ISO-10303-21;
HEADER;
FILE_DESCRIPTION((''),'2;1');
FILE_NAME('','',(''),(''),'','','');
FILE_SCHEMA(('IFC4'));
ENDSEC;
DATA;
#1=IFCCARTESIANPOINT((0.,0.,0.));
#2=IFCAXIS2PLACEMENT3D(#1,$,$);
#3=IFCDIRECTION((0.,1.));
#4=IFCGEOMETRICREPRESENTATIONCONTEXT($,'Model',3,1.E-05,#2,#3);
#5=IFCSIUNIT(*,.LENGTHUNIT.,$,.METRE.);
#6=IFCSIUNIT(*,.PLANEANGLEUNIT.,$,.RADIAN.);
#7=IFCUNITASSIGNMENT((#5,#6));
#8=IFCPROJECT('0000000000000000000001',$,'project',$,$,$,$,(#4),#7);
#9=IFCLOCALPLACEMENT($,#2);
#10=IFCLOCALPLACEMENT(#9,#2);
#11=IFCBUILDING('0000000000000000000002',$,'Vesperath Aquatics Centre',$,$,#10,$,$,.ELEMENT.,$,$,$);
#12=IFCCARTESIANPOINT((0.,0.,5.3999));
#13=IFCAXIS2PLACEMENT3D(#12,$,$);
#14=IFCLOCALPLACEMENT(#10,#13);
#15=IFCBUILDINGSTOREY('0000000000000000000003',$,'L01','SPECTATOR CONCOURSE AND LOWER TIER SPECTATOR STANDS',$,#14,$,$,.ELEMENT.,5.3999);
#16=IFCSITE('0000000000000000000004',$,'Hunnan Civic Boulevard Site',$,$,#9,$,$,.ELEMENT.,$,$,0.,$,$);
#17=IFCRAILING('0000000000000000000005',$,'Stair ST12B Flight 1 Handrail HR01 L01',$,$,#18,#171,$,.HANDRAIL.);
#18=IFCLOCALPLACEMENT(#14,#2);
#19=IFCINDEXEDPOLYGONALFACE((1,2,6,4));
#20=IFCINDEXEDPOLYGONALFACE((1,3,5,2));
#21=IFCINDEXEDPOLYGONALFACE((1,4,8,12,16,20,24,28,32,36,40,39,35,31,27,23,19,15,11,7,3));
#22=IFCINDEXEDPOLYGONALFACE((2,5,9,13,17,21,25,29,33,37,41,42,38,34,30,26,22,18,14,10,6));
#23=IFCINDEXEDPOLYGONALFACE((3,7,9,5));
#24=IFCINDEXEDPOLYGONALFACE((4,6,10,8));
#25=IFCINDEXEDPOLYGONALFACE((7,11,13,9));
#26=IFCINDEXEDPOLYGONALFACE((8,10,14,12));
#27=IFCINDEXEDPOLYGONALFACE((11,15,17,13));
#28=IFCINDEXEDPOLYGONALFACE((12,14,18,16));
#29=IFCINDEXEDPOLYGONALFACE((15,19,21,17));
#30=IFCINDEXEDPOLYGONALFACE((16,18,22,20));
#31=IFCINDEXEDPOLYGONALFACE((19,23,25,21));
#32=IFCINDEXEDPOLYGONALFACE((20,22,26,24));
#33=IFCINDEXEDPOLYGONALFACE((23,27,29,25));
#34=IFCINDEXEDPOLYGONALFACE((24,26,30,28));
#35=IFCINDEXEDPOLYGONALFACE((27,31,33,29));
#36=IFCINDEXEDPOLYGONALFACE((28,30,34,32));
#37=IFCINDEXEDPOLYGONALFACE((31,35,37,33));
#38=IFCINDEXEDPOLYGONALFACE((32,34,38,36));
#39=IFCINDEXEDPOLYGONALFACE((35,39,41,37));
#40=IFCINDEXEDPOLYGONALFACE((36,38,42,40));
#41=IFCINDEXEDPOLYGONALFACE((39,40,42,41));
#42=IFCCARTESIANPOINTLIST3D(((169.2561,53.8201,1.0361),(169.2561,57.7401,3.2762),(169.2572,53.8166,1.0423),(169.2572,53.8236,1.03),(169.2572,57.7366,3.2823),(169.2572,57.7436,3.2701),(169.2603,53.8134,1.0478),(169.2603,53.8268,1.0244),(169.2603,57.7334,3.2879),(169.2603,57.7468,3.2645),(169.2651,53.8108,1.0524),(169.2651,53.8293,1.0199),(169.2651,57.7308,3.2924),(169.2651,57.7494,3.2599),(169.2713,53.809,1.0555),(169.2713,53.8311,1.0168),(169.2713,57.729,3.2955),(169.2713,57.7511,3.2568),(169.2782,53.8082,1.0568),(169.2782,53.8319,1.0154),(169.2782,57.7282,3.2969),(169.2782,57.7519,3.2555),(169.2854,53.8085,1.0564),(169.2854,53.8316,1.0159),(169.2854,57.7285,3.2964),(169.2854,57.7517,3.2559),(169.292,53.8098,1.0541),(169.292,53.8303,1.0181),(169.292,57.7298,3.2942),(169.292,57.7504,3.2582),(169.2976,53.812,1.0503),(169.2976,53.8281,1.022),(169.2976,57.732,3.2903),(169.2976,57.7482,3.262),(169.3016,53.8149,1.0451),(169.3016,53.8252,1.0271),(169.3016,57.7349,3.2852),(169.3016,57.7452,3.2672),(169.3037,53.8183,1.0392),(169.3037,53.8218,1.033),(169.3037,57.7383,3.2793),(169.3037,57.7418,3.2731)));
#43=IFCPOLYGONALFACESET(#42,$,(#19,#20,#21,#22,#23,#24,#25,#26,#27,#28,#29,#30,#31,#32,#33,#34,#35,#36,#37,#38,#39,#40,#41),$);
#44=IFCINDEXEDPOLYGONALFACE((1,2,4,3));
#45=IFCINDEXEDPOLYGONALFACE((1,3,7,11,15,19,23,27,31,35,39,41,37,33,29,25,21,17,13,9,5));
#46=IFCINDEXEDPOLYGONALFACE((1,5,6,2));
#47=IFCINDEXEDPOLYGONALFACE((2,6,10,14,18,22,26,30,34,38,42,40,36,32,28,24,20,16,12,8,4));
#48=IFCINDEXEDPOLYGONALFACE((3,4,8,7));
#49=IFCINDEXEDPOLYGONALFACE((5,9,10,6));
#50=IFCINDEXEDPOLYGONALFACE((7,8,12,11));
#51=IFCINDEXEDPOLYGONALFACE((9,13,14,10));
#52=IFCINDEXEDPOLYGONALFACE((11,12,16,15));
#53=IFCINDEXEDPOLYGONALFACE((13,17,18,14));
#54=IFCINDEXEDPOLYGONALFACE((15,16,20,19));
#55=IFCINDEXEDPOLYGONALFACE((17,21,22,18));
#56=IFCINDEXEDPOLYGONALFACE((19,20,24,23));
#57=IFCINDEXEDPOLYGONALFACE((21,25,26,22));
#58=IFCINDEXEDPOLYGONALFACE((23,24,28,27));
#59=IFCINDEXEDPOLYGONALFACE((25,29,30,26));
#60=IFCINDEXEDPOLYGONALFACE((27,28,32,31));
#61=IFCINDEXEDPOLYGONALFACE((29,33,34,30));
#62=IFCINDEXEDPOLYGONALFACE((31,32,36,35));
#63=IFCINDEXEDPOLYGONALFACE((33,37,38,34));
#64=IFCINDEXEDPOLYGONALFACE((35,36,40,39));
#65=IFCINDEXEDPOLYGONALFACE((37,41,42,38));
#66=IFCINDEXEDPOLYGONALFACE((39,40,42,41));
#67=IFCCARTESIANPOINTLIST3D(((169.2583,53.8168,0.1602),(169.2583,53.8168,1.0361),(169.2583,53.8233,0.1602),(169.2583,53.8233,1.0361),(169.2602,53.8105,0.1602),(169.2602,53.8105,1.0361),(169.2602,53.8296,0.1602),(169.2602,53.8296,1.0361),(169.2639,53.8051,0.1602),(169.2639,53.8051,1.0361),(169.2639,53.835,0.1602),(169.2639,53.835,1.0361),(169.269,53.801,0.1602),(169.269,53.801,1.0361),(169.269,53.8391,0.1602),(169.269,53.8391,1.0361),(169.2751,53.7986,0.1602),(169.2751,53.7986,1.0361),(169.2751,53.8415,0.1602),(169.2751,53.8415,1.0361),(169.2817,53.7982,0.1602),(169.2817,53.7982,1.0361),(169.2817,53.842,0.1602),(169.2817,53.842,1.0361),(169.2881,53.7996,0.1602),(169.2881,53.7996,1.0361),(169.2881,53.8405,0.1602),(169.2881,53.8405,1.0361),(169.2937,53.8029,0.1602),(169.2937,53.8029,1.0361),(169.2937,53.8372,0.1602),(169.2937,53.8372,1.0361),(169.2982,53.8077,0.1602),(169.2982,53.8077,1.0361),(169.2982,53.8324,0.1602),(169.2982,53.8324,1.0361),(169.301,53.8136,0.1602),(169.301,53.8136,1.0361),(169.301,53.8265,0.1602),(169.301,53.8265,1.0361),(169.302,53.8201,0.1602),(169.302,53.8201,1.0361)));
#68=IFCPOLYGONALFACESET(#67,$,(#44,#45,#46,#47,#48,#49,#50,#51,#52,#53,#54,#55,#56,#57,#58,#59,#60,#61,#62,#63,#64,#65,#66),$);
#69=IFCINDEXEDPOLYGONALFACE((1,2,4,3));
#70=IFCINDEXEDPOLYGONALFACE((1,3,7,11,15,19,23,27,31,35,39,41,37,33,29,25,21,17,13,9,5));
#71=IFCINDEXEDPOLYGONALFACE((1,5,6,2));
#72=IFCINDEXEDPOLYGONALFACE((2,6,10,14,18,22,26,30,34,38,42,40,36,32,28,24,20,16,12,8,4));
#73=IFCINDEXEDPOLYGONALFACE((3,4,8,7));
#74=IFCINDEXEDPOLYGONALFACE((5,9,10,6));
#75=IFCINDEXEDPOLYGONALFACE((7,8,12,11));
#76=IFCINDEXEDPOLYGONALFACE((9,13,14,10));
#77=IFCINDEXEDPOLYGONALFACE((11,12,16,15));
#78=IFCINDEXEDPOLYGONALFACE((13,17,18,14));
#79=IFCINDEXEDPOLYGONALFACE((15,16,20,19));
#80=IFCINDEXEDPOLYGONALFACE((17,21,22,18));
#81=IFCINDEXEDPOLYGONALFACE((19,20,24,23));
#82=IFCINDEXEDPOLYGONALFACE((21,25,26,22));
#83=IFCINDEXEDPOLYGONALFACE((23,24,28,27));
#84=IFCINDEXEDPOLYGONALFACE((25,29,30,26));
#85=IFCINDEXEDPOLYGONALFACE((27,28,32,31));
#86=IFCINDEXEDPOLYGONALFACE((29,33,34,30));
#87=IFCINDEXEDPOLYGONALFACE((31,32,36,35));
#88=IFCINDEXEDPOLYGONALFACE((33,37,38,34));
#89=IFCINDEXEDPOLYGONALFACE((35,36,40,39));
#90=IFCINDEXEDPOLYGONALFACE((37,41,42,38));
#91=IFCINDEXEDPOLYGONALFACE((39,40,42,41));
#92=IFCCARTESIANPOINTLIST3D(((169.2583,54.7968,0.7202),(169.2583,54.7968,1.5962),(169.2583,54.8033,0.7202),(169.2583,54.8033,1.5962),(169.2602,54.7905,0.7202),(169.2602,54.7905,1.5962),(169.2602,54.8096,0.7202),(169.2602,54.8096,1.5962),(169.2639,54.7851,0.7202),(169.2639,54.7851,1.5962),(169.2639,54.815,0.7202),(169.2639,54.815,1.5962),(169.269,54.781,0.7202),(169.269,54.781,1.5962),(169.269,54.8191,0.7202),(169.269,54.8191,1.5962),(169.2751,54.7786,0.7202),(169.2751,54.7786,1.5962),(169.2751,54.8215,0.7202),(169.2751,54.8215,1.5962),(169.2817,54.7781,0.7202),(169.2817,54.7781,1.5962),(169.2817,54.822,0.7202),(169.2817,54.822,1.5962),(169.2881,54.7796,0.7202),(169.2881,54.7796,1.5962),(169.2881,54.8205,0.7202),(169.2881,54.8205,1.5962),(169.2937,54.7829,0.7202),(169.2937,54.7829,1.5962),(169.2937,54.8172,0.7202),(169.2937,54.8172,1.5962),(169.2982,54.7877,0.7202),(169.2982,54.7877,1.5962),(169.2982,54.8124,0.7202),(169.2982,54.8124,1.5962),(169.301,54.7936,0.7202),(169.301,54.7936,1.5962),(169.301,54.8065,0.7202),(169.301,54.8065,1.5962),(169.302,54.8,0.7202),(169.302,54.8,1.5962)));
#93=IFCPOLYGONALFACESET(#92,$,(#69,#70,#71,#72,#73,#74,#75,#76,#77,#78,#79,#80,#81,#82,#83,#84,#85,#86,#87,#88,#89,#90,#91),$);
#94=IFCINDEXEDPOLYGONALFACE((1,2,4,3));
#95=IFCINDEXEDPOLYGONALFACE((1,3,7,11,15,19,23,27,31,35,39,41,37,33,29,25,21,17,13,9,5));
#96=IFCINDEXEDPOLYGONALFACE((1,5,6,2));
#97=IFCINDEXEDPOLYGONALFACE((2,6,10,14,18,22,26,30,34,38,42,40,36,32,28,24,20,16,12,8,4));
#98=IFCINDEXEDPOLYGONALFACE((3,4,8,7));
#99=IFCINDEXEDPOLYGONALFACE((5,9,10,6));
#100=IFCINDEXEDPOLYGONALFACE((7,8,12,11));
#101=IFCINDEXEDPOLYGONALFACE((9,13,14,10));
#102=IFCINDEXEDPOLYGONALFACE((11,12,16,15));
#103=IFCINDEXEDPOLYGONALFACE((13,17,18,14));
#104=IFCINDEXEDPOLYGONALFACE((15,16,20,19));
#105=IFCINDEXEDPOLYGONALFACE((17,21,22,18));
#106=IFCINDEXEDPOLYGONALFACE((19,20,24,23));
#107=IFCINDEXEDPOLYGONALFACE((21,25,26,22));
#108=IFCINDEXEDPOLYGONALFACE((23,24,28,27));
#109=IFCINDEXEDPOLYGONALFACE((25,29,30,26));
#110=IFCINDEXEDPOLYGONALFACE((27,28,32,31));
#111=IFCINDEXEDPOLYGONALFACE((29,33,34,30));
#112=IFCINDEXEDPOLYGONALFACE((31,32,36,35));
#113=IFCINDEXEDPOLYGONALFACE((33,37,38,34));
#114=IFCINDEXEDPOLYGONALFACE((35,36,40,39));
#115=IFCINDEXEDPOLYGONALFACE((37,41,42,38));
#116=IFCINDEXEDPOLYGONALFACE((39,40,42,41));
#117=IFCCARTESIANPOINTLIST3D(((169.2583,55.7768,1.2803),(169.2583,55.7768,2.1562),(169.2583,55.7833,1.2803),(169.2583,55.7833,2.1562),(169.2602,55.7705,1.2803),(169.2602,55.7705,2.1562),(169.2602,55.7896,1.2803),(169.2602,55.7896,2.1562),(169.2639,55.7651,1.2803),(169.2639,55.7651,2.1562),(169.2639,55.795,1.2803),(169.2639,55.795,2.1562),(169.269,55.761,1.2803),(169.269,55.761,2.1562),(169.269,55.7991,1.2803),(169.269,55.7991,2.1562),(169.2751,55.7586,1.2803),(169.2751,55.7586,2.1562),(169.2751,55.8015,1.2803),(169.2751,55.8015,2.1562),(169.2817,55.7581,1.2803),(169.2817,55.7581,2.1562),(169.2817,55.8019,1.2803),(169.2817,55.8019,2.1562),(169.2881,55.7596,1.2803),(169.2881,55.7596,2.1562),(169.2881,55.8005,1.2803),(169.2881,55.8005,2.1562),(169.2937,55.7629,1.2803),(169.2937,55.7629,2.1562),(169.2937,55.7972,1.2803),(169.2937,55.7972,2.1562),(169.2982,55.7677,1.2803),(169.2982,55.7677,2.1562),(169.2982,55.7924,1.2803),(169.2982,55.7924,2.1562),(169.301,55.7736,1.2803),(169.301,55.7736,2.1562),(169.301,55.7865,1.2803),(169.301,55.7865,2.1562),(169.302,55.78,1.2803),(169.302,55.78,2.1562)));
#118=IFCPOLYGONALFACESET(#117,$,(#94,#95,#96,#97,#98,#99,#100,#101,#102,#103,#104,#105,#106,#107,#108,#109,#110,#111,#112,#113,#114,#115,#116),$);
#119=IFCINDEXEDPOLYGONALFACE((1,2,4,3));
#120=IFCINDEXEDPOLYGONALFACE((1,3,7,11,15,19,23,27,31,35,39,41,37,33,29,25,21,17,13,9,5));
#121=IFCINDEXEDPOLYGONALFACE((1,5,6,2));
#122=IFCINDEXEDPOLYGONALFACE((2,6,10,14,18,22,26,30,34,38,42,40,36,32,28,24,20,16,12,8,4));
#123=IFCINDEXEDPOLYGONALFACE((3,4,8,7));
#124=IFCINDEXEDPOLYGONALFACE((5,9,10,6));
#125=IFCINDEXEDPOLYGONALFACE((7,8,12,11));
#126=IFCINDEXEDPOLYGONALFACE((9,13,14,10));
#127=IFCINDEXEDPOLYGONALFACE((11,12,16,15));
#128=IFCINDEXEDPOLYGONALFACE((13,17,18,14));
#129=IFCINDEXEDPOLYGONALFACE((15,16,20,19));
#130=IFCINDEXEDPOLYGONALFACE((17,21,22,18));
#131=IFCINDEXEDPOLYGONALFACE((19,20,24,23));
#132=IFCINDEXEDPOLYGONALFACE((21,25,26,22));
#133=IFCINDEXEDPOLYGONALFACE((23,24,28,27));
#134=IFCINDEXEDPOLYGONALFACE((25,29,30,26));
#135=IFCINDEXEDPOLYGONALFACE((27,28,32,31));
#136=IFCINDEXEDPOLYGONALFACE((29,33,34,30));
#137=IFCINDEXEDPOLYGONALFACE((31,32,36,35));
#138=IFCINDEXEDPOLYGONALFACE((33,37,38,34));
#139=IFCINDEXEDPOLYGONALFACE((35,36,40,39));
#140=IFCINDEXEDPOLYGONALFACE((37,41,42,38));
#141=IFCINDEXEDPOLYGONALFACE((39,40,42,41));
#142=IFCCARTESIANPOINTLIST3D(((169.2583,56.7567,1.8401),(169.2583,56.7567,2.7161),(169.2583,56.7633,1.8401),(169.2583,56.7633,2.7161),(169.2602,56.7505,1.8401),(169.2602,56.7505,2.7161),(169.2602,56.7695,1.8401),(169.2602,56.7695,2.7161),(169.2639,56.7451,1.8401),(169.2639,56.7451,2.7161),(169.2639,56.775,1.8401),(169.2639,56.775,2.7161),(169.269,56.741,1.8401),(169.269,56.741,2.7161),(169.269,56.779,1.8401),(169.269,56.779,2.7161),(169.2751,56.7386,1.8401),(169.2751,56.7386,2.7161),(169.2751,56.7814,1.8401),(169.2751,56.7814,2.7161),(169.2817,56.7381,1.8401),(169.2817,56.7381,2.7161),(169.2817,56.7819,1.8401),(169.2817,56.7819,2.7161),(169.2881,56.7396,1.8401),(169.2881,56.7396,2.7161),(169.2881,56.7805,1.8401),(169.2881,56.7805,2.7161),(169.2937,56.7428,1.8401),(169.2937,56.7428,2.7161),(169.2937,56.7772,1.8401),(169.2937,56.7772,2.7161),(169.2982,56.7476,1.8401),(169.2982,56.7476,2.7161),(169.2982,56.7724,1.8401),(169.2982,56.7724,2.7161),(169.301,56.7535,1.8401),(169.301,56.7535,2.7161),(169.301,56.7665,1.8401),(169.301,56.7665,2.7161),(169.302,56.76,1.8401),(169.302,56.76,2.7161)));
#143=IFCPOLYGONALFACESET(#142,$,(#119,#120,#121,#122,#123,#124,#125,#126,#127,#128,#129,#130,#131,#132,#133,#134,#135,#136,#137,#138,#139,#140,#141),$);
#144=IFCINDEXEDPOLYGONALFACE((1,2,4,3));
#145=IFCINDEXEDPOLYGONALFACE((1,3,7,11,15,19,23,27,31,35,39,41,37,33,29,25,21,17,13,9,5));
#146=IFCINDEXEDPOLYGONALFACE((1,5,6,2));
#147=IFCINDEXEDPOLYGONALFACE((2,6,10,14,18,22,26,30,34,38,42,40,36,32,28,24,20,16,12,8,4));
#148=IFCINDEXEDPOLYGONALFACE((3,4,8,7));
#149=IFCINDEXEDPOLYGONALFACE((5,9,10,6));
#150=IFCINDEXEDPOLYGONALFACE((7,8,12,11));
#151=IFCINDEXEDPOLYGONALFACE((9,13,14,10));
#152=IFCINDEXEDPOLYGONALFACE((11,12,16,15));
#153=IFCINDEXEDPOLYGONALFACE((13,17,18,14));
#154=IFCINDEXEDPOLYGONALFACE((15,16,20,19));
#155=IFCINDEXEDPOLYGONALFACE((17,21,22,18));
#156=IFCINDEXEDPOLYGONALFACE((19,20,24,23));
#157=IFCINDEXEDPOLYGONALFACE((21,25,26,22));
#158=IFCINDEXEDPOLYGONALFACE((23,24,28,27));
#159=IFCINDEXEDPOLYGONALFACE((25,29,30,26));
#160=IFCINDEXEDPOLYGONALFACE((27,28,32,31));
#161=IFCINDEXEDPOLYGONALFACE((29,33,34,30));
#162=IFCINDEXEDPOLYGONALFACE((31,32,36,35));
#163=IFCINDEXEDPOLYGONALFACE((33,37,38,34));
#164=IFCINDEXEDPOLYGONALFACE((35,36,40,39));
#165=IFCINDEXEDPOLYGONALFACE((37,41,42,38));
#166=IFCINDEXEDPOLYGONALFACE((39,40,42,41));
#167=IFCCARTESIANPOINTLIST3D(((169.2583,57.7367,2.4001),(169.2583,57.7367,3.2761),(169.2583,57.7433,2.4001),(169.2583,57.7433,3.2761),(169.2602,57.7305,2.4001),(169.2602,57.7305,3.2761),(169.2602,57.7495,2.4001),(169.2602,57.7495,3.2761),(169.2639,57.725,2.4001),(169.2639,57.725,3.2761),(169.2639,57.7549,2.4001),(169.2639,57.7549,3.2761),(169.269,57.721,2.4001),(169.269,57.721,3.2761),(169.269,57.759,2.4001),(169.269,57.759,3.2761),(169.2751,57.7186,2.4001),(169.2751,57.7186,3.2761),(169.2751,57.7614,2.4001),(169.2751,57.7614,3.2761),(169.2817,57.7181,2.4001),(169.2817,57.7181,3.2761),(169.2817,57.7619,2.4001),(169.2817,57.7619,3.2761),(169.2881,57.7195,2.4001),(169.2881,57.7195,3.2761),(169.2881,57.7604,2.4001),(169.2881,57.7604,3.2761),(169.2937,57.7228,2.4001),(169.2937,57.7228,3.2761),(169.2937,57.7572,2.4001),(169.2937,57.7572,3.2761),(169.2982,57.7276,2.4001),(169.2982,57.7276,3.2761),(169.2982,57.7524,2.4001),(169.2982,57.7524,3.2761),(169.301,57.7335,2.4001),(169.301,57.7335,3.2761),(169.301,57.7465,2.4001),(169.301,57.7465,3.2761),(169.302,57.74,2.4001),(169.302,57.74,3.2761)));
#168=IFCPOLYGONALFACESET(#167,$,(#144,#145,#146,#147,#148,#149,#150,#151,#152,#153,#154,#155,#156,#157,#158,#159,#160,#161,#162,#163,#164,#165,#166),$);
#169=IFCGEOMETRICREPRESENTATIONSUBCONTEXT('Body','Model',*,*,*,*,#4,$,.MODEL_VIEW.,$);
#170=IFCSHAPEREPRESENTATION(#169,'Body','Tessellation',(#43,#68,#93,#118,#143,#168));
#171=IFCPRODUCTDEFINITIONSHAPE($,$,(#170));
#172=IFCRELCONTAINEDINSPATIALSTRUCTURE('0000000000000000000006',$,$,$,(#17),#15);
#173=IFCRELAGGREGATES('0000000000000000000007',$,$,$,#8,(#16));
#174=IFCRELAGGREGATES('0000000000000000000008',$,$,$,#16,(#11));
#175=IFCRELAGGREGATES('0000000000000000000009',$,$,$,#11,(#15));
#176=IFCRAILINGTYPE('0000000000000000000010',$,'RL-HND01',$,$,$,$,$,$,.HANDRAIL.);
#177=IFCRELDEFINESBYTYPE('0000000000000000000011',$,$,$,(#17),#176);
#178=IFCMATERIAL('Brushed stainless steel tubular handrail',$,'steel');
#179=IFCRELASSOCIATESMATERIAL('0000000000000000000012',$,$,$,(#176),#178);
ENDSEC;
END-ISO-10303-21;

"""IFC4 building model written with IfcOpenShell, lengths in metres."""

from ifc_helpers import new_model, si_unit, direction, frame, origin, origin_2d, place, context, subcontext, project, spatial, circle, extrude, material, type_object, element, save


model = new_model("IFC4")

# Units and contexts
model_context = context("Model", 3, precision=1e-05, world=origin(), true_north=direction((0.0, 1.0)))
body_context = subcontext(model_context, "Body", "Model", "MODEL_VIEW")
ifc_project = project(units=[si_unit("LENGTHUNIT", "METRE"), si_unit("PLANEANGLEUNIT", "RADIAN")], contexts=[model_context])

# Site, building, storey
site_placement = place(None, origin())
site = spatial("IfcSite", under=ifc_project, at=site_placement, Name="Hunnan Civic Boulevard Site", CompositionType="ELEMENT", RefElevation=0.0)
building_placement = place(site_placement, origin())
building = spatial("IfcBuilding", under=site, at=building_placement, Name="Vesperath Aquatics Centre", CompositionType="ELEMENT")
storey_placement = place(building_placement, frame((0.0, 0.0, 5.3999)))
storey = spatial("IfcBuildingStorey", under=building, at=storey_placement, Name="L01", Description="SPECTATOR CONCOURSE AND LOWER TIER SPECTATOR STANDS", CompositionType="ELEMENT", Elevation=5.3999)

# Railing
ifc_material_1 = material(Name="Brushed stainless steel tubular handrail", Category="steel")
railing_type_1 = type_object("IfcRailingType", Name="RL-HND01", PredefinedType="HANDRAIL", material=ifc_material_1)
railing_1_placement = place(storey_placement, frame((169.28, 53.8201, 0.1602)))
element("IfcRailing", 1, at=railing_1_placement, inside=storey, type_object=railing_type_1, Name="Stair ST12B Flight 1 Handrail HR01 L01", PredefinedType="HANDRAIL", context=body_context, shape_type="SweptSolid", body=[
    extrude(circle(Radius=0.0239, at=origin_2d()), frame((0.0, 0.0, 0.876), z_axis=(0.0, 0.86824, 0.496145), x_axis=(-1.0, 0.0, 0.0)), (0.0, 0.0, 1.0), 4.5149),
    extrude(circle(Radius=0.022, at=origin_2d()), origin(), (0.0, 0.0, 1.0), 0.876),
    extrude(circle(Radius=0.022, at=origin_2d()), frame((0.0, 0.98, 0.5601)), (0.0, 0.0, 1.0), 0.876),
    extrude(circle(Radius=0.022, at=origin_2d()), frame((0.0, 1.96, 1.1201)), (0.0, 0.0, 1.0), 0.876),
    extrude(circle(Radius=0.022, at=origin_2d()), frame((0.0, 2.9399, 1.6799)), (0.0, 0.0, 1.0), 0.876),
    extrude(circle(Radius=0.022, at=origin_2d()), frame((0.0, 3.9199, 2.24)), (0.0, 0.0, 1.0), 0.876),
])

save(model, "model.ifc")
